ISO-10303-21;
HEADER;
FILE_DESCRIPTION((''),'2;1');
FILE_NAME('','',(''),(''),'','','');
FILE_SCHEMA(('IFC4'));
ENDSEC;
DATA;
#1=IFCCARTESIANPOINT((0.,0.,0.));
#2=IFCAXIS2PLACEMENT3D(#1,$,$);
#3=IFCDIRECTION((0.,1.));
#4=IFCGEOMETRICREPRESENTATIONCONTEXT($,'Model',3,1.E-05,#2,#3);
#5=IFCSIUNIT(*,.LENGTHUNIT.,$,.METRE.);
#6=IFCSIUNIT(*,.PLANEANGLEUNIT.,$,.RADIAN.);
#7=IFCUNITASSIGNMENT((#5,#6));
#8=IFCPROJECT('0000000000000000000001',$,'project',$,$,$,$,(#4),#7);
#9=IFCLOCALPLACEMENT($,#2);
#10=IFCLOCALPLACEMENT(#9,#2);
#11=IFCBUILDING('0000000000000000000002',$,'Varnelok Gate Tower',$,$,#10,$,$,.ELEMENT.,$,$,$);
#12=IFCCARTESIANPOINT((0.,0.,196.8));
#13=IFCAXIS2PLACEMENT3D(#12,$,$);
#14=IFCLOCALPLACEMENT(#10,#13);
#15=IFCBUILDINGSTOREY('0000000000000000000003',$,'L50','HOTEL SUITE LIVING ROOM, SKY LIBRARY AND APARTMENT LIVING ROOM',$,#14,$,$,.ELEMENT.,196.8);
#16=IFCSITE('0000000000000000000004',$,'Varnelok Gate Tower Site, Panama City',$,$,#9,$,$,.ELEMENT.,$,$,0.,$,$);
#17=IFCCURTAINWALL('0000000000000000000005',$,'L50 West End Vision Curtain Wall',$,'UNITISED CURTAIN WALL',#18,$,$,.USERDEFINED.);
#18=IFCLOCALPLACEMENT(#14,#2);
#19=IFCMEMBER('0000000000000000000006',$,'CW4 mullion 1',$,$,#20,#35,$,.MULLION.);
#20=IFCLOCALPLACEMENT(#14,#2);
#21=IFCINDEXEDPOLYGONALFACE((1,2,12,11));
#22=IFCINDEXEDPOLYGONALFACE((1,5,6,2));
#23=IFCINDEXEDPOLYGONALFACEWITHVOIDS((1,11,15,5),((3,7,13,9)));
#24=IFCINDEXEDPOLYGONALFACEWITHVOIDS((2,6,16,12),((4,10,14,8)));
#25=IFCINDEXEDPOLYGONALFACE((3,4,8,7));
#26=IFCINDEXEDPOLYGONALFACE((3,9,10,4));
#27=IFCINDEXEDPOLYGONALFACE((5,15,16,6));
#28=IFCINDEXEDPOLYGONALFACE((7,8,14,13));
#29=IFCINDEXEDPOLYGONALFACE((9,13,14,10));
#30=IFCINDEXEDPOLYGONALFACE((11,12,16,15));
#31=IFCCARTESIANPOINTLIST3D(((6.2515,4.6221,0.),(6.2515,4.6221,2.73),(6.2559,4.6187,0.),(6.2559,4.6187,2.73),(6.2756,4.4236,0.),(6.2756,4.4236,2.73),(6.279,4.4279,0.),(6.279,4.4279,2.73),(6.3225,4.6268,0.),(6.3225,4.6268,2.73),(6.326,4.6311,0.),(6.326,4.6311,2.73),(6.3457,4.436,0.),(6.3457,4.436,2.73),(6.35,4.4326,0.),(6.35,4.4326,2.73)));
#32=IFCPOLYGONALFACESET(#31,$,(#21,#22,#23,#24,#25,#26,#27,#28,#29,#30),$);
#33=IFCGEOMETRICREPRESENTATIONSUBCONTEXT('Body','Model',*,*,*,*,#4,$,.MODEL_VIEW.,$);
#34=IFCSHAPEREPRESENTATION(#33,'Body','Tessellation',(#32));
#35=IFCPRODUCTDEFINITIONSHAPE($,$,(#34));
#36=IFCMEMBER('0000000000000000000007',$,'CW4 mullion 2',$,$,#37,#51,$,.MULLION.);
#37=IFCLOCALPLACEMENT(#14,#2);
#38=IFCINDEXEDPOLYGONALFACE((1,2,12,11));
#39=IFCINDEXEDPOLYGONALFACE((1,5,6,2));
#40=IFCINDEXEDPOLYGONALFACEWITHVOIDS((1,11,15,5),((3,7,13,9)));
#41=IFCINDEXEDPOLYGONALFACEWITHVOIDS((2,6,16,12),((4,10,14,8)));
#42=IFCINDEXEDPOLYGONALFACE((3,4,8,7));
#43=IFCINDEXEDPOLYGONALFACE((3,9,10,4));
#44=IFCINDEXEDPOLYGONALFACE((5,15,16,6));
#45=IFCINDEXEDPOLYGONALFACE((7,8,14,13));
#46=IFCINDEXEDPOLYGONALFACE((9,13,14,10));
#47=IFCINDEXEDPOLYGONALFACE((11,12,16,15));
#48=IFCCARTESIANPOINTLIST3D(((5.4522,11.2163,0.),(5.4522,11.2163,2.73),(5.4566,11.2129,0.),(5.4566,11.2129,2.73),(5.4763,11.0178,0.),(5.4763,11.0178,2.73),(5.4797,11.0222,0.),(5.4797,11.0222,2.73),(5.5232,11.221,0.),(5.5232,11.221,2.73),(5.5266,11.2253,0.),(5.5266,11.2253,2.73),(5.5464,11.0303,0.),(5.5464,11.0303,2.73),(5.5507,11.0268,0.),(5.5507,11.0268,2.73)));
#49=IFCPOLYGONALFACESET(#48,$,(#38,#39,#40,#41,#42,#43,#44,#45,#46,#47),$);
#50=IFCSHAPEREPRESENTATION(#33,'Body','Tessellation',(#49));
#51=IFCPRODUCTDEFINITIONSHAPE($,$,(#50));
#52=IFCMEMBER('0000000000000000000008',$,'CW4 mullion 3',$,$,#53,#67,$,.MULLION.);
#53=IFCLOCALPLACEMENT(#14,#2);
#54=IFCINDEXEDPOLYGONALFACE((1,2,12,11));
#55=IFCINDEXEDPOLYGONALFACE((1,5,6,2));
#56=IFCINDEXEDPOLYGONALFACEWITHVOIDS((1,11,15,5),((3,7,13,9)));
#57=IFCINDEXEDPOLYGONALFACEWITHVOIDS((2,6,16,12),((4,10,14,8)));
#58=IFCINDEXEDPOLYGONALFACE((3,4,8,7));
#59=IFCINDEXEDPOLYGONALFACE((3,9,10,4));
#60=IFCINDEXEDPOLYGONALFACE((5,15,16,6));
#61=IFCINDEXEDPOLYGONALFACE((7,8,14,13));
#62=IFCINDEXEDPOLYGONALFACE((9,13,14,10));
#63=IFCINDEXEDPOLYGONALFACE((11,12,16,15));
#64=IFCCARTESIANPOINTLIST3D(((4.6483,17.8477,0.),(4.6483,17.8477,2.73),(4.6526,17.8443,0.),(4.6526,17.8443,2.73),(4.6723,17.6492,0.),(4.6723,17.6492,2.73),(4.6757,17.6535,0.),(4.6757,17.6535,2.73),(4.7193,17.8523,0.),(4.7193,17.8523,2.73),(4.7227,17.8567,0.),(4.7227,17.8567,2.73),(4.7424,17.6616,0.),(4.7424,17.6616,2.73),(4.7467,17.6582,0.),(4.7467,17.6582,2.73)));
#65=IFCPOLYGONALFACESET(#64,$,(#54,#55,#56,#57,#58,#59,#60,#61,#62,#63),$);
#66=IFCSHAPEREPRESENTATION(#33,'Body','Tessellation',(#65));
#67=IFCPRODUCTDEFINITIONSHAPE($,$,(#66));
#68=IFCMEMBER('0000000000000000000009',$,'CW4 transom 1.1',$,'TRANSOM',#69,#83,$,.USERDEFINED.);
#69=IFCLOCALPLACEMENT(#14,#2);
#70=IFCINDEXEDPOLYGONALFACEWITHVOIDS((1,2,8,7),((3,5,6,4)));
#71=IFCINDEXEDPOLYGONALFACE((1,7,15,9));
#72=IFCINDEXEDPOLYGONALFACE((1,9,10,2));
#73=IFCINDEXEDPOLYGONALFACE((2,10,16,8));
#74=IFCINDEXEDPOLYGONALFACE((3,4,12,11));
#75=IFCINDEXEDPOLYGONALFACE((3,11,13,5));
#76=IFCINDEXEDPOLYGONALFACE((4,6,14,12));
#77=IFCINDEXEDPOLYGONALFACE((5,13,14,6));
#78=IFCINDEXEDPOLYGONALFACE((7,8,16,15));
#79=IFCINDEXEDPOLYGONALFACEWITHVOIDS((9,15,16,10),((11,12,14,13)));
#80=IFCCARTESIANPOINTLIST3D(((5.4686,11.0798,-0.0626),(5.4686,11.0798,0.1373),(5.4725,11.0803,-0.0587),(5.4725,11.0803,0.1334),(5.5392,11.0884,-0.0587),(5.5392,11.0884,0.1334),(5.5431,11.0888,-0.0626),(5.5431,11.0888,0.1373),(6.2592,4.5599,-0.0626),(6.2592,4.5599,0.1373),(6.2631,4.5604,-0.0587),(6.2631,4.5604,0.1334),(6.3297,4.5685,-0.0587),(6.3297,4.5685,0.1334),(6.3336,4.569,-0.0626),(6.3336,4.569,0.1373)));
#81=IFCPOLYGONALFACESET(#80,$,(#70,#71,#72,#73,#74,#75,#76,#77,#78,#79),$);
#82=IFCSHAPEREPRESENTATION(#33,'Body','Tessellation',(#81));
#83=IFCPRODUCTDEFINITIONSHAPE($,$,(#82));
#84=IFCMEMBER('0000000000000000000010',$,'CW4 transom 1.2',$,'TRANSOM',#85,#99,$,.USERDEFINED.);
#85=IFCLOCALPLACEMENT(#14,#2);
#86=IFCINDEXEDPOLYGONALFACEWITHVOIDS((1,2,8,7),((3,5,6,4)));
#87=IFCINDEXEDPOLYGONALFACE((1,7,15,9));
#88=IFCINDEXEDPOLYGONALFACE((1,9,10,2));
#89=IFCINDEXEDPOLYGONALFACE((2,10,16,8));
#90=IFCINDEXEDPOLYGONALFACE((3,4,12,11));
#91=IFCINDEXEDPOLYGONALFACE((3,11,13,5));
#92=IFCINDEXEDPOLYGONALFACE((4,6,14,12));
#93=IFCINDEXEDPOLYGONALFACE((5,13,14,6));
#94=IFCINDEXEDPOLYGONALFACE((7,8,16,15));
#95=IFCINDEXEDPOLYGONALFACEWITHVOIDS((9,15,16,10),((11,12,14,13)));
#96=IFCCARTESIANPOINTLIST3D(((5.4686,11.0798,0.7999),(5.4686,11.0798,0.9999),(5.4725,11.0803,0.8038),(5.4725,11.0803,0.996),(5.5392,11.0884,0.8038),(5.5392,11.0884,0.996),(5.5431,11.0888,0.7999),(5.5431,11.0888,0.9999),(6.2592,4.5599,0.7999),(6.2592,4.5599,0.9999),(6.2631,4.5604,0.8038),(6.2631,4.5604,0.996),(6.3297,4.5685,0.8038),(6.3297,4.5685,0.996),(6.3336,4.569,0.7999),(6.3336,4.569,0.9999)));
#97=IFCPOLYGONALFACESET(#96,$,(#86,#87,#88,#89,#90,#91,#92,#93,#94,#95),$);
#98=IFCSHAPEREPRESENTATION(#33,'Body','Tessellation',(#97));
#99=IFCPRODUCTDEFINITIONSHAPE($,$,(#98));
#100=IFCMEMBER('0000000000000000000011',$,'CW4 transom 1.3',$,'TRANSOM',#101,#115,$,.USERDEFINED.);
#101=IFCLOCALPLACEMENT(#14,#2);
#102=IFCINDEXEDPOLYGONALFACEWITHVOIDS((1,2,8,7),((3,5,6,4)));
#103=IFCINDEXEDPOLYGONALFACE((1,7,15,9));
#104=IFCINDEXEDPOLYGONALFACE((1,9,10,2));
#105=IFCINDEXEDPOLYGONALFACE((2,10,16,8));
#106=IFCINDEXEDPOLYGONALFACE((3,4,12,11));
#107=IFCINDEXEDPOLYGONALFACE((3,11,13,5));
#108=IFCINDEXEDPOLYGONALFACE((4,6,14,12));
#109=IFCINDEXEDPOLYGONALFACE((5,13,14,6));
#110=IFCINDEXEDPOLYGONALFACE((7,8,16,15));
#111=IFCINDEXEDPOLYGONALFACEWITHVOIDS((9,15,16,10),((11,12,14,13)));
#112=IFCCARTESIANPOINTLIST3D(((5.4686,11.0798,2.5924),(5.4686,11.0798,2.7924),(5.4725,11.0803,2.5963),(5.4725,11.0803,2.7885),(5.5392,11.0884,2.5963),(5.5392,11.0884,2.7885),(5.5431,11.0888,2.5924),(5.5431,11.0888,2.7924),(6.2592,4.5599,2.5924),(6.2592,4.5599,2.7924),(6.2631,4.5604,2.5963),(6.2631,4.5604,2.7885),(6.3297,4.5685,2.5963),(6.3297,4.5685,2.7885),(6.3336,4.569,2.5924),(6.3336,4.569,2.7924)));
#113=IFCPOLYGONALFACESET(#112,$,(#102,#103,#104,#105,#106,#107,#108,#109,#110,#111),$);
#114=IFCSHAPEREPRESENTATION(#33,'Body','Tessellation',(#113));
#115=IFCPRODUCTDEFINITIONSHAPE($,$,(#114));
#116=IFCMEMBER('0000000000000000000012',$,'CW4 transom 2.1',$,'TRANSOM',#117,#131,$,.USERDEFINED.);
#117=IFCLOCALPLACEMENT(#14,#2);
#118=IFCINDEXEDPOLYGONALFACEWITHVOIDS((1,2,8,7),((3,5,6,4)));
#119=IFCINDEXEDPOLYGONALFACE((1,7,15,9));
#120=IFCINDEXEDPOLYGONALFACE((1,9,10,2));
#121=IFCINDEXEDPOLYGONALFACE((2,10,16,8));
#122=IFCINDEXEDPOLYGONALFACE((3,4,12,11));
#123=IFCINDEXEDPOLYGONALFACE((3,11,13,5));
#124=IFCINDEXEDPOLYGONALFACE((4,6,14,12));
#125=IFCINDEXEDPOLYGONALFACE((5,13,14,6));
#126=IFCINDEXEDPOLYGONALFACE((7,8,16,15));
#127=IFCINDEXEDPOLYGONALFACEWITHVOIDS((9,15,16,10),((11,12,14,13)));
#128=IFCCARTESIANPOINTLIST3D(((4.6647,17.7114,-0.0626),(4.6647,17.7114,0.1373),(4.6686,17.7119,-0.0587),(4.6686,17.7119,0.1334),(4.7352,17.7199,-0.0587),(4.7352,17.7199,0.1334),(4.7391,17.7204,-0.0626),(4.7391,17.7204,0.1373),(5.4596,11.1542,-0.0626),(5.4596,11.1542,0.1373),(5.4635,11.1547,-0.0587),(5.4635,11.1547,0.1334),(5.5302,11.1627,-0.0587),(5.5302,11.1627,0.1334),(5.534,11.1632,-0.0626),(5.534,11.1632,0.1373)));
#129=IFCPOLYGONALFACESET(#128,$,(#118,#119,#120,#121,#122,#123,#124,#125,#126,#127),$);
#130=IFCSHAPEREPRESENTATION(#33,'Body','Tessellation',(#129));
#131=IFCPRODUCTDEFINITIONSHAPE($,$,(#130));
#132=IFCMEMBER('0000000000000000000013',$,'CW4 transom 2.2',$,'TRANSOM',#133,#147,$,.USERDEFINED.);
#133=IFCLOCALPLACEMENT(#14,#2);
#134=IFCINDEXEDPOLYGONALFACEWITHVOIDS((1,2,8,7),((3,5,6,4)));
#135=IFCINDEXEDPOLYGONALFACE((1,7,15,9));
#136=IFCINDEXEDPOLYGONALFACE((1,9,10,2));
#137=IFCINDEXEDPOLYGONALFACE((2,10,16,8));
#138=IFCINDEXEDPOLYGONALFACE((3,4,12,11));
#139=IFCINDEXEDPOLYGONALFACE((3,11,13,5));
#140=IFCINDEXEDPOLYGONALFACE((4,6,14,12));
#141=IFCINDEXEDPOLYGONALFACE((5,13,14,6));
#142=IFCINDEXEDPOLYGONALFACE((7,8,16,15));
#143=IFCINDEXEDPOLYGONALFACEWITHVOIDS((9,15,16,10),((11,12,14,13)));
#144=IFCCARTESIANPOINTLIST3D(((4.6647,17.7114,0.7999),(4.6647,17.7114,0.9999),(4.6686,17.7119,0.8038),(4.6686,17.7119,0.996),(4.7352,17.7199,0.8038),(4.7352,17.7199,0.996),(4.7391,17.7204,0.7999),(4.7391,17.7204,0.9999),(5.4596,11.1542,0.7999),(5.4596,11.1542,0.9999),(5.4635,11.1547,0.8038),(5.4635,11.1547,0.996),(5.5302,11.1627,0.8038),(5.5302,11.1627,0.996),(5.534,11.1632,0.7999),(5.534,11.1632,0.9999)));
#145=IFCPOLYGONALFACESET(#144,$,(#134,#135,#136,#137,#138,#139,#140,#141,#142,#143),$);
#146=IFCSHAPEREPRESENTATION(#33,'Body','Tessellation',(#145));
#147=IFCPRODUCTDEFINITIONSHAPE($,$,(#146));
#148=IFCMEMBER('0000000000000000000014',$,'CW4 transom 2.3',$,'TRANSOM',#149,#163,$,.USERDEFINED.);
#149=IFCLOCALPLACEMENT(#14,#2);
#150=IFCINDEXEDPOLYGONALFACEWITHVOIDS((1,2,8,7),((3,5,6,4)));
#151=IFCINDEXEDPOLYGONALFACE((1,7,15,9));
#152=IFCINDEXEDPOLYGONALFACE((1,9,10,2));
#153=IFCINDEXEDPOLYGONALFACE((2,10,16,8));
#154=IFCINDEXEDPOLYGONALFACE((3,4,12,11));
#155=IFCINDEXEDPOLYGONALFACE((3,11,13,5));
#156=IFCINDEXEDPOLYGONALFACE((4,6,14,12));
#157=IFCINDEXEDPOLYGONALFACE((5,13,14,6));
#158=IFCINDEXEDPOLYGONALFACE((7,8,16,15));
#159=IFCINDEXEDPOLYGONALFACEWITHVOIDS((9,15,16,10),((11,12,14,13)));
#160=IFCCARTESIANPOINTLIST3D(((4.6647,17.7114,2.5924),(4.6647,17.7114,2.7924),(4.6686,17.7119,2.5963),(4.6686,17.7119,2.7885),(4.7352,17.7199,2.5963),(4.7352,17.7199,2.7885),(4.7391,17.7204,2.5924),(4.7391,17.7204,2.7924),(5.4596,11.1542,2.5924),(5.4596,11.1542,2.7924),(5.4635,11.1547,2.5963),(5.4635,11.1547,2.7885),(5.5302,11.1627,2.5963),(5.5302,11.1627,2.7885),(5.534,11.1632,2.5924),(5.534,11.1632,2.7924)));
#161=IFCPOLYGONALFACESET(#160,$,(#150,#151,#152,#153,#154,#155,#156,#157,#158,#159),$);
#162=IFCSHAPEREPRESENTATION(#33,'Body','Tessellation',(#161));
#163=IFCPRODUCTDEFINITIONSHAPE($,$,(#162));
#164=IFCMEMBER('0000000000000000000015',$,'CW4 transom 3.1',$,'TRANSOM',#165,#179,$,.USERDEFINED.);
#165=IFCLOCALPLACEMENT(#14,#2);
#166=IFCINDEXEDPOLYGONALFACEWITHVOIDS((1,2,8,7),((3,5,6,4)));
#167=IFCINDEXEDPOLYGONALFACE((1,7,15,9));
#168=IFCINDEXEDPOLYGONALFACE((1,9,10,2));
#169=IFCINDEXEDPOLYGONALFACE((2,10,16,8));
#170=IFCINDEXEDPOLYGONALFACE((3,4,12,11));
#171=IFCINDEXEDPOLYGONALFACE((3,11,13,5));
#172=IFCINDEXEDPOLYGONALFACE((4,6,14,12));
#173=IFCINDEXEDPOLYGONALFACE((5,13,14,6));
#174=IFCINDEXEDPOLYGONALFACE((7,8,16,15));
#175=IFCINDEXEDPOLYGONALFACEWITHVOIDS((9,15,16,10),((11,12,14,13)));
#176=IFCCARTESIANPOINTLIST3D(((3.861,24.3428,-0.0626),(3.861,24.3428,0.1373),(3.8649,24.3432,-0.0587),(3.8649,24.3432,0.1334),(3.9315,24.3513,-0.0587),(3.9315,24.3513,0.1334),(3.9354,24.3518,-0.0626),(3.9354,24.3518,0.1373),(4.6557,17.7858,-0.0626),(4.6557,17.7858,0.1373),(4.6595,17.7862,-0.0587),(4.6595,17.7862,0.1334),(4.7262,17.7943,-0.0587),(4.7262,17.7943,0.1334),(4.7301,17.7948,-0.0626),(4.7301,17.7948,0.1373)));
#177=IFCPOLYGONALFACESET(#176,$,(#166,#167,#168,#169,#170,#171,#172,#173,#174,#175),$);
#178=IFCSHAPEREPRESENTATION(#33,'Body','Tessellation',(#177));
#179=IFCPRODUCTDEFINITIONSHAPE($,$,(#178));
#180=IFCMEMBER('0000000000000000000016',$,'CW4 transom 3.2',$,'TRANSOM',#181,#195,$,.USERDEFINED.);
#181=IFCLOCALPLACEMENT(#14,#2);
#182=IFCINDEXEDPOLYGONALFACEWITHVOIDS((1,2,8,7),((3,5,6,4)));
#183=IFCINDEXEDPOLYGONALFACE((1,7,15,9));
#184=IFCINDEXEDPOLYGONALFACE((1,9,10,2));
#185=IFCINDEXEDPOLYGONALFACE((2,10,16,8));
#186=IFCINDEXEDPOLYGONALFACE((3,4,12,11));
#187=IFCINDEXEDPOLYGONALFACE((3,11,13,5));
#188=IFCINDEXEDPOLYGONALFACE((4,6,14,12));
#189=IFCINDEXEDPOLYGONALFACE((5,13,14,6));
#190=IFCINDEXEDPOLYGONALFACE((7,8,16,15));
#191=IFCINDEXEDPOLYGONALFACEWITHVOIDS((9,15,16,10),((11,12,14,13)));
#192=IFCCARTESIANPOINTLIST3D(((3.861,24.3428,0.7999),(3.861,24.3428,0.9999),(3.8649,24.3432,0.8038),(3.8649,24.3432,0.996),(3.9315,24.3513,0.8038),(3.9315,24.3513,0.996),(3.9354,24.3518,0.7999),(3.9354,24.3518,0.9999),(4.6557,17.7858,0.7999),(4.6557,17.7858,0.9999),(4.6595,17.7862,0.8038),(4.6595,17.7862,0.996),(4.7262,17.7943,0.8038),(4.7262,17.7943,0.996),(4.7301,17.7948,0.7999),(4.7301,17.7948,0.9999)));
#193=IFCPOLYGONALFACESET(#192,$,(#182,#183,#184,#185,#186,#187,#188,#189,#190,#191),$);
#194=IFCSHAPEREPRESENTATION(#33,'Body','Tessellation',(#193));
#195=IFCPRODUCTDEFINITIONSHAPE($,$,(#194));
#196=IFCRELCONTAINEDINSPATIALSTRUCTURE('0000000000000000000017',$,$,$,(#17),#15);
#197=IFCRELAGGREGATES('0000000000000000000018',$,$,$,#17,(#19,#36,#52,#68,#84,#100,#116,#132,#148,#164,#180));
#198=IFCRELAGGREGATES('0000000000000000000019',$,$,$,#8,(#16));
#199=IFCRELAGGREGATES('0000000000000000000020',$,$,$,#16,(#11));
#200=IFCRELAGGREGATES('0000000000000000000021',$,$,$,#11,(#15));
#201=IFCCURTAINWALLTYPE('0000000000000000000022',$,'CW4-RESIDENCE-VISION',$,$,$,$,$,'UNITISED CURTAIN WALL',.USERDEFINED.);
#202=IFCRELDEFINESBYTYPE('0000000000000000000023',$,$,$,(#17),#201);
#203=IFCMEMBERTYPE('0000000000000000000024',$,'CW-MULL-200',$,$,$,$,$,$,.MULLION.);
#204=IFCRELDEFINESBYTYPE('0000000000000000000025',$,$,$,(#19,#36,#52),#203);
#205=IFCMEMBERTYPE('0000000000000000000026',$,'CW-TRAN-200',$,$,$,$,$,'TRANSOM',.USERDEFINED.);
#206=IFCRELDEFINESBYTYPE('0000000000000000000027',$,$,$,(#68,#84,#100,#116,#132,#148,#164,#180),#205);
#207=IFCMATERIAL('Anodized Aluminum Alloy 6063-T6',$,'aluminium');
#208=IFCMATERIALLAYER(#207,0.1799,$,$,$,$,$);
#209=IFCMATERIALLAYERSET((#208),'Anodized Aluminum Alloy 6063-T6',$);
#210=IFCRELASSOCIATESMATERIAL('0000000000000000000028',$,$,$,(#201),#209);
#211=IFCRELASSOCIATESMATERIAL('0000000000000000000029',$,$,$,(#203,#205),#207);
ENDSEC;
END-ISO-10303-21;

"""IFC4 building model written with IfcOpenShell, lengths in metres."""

from ifc_helpers import new_model, si_unit, direction, frame, origin, origin_2d, place, context, subcontext, project, spatial, hollow_rectangle, extrude, material, layer, layer_set, material_profile, profile_set, type_object, element, aggregate, save


model = new_model("IFC4")

# Units and contexts
model_context = context("Model", 3, precision=1e-05, world=origin(), true_north=direction((0.0, 1.0)))
body_context = subcontext(model_context, "Body", "Model", "MODEL_VIEW")
ifc_project = project(units=[si_unit("LENGTHUNIT", "METRE"), si_unit("PLANEANGLEUNIT", "RADIAN")], contexts=[model_context])

# Site, building, storey
site_placement = place(None, origin())
site = spatial("IfcSite", under=ifc_project, at=site_placement, Name="Varnelok Gate Tower Site, Panama City", CompositionType="ELEMENT", RefElevation=0.0)
building_placement = place(site_placement, origin())
building = spatial("IfcBuilding", under=site, at=building_placement, Name="Varnelok Gate Tower", CompositionType="ELEMENT")
storey_placement = place(building_placement, frame((0.0, 0.0, 196.8)))
storey = spatial("IfcBuildingStorey", under=building, at=storey_placement, Name="L50", Description="HOTEL SUITE LIVING ROOM, SKY LIBRARY AND APARTMENT LIVING ROOM", CompositionType="ELEMENT", Elevation=196.8)

# Curtain wall, members
ifc_material_1 = material(Name="Anodized Aluminum Alloy 6063-T6", Category="aluminium")
ifc_layer_1 = layer(ifc_material_1, 0.1799)
ifc_layer_set_1 = layer_set([ifc_layer_1], Name="Anodized Aluminum Alloy 6063-T6")
curtain_wall_type = type_object("IfcCurtainWallType", Name="CW4-RESIDENCE-VISION", ElementType="UNITISED CURTAIN WALL", PredefinedType="USERDEFINED", material=ifc_layer_set_1)
curtain_wall_placement = place(storey_placement, origin())
curtain_wall = element("IfcCurtainWall", 1, at=curtain_wall_placement, inside=storey, type_object=curtain_wall_type, Name="L50 West End Vision Curtain Wall", ObjectType="UNITISED CURTAIN WALL", PredefinedType="USERDEFINED")
ifc_material_profile_1 = material_profile(ifc_material_1, hollow_rectangle(XDim=0.075, YDim=0.2, WallThickness=0.0039, at=origin_2d()), Name="ALU200X75X4")
ifc_profile_set_1 = profile_set([ifc_material_profile_1], Name="Anodized Aluminum Alloy 6063-T6")
member_type_1 = type_object("IfcMemberType", Name="CW-MULL-200", PredefinedType="MULLION", material=ifc_profile_set_1)
member_1_placement = place(storey_placement, frame((6.3008, 4.5273, 0.0), z_axis=(0.0, 0.0, 1.0), x_axis=(-0.992732, -0.120345, 0.0)))
member_1 = element("IfcMember", 2, at=member_1_placement, type_object=member_type_1, Name="CW4 mullion 1", PredefinedType="MULLION", context=body_context, shape_type="SweptSolid", body=[
    extrude(hollow_rectangle(XDim=0.075, YDim=0.2, WallThickness=0.0039, at=origin_2d()), origin(), (0.0, 0.0, 1.0), 2.73),
])
member_2_placement = place(storey_placement, frame((5.5015, 11.1216, 0.0), z_axis=(0.0, 0.0, 1.0), x_axis=(-0.992732, -0.120345, 0.0)))
member_2 = element("IfcMember", 3, at=member_2_placement, type_object=member_type_1, Name="CW4 mullion 2", PredefinedType="MULLION", context=body_context, shape_type="SweptSolid", body=[
    extrude(hollow_rectangle(XDim=0.075, YDim=0.2, WallThickness=0.0039, at=origin_2d()), origin(), (0.0, 0.0, 1.0), 2.73),
])
member_3_placement = place(storey_placement, frame((4.6975, 17.7529, 0.0), z_axis=(0.0, 0.0, 1.0), x_axis=(-0.992732, -0.120345, 0.0)))
member_3 = element("IfcMember", 4, at=member_3_placement, type_object=member_type_1, Name="CW4 mullion 3", PredefinedType="MULLION", context=body_context, shape_type="SweptSolid", body=[
    extrude(hollow_rectangle(XDim=0.075, YDim=0.2, WallThickness=0.0039, at=origin_2d()), origin(), (0.0, 0.0, 1.0), 2.73),
])
ifc_material_profile_2 = material_profile(ifc_material_1, hollow_rectangle(XDim=0.075, YDim=0.2, WallThickness=0.0039, at=origin_2d()), Name="ALU200X75X4")
ifc_profile_set_2 = profile_set([ifc_material_profile_2], Name="Anodized Aluminum Alloy 6063-T6")
member_type_2 = type_object("IfcMemberType", Name="CW-TRAN-200", ElementType="TRANSOM", PredefinedType="USERDEFINED", material=ifc_profile_set_2)
member_4_placement = place(storey_placement, frame((6.2964, 4.5645, 0.0374), z_axis=(-0.120369, 0.992729, 0.0), x_axis=(-0.992729, -0.120369, 0.0)))
member_4 = element("IfcMember", 5, at=member_4_placement, type_object=member_type_2, Name="CW4 transom 1.1", ObjectType="TRANSOM", PredefinedType="USERDEFINED", context=body_context, shape_type="SweptSolid", body=[
    extrude(hollow_rectangle(XDim=0.075, YDim=0.2, WallThickness=0.0039, at=origin_2d()), origin(), (0.0, 0.0, 1.0), 6.5676),
])
member_5_placement = place(storey_placement, frame((6.2964, 4.5645, 0.8999), z_axis=(-0.120369, 0.992729, 0.0), x_axis=(-0.992729, -0.120369, 0.0)))
member_5 = element("IfcMember", 6, at=member_5_placement, type_object=member_type_2, Name="CW4 transom 1.2", ObjectType="TRANSOM", PredefinedType="USERDEFINED", context=body_context, shape_type="SweptSolid", body=[
    extrude(hollow_rectangle(XDim=0.075, YDim=0.2, WallThickness=0.0039, at=origin_2d()), origin(), (0.0, 0.0, 1.0), 6.5676),
])
member_6_placement = place(storey_placement, frame((6.2964, 4.5645, 2.6924), z_axis=(-0.120369, 0.992729, 0.0), x_axis=(-0.992729, -0.120369, 0.0)))
member_6 = element("IfcMember", 7, at=member_6_placement, type_object=member_type_2, Name="CW4 transom 1.3", ObjectType="TRANSOM", PredefinedType="USERDEFINED", context=body_context, shape_type="SweptSolid", body=[
    extrude(hollow_rectangle(XDim=0.075, YDim=0.2, WallThickness=0.0039, at=origin_2d()), origin(), (0.0, 0.0, 1.0), 6.5676),
])
member_7_placement = place(storey_placement, frame((5.4968, 11.1587, 0.0374), z_axis=(-0.120349, 0.992732, 0.0), x_axis=(-0.992732, -0.120349, 0.0)))
member_7 = element("IfcMember", 8, at=member_7_placement, type_object=member_type_2, Name="CW4 transom 2.1", ObjectType="TRANSOM", PredefinedType="USERDEFINED", context=body_context, shape_type="SweptSolid", body=[
    extrude(hollow_rectangle(XDim=0.075, YDim=0.2, WallThickness=0.0039, at=origin_2d()), origin(), (0.0, 0.0, 1.0), 6.6052),
])
member_8_placement = place(storey_placement, frame((5.4968, 11.1587, 0.8999), z_axis=(-0.120349, 0.992732, 0.0), x_axis=(-0.992732, -0.120349, 0.0)))
member_8 = element("IfcMember", 9, at=member_8_placement, type_object=member_type_2, Name="CW4 transom 2.2", ObjectType="TRANSOM", PredefinedType="USERDEFINED", context=body_context, shape_type="SweptSolid", body=[
    extrude(hollow_rectangle(XDim=0.075, YDim=0.2, WallThickness=0.0039, at=origin_2d()), origin(), (0.0, 0.0, 1.0), 6.6052),
])
member_9_placement = place(storey_placement, frame((5.4968, 11.1587, 2.6924), z_axis=(-0.120349, 0.992732, 0.0), x_axis=(-0.992732, -0.120349, 0.0)))
member_9 = element("IfcMember", 10, at=member_9_placement, type_object=member_type_2, Name="CW4 transom 2.3", ObjectType="TRANSOM", PredefinedType="USERDEFINED", context=body_context, shape_type="SweptSolid", body=[
    extrude(hollow_rectangle(XDim=0.075, YDim=0.2, WallThickness=0.0039, at=origin_2d()), origin(), (0.0, 0.0, 1.0), 6.6052),
])
member_10_placement = place(storey_placement, frame((4.6929, 17.7903, 0.0374), z_axis=(-0.120317, 0.992736, 0.0), x_axis=(-0.992736, -0.120317, 0.0)))
member_10 = element("IfcMember", 11, at=member_10_placement, type_object=member_type_2, Name="CW4 transom 3.1", ObjectType="TRANSOM", PredefinedType="USERDEFINED", context=body_context, shape_type="SweptSolid", body=[
    extrude(hollow_rectangle(XDim=0.075, YDim=0.2, WallThickness=0.0039, at=origin_2d()), origin(), (0.0, 0.0, 1.0), 6.605),
])
member_11_placement = place(storey_placement, frame((4.6929, 17.7903, 0.8999), z_axis=(-0.120317, 0.992736, 0.0), x_axis=(-0.992736, -0.120317, 0.0)))
member_11 = element("IfcMember", 12, at=member_11_placement, type_object=member_type_2, Name="CW4 transom 3.2", ObjectType="TRANSOM", PredefinedType="USERDEFINED", context=body_context, shape_type="SweptSolid", body=[
    extrude(hollow_rectangle(XDim=0.075, YDim=0.2, WallThickness=0.0039, at=origin_2d()), origin(), (0.0, 0.0, 1.0), 6.605),
])
aggregate(curtain_wall, [member_1, member_2, member_3, member_4, member_5, member_6, member_7, member_8, member_9, member_10, member_11])

save(model, "model.ifc")
